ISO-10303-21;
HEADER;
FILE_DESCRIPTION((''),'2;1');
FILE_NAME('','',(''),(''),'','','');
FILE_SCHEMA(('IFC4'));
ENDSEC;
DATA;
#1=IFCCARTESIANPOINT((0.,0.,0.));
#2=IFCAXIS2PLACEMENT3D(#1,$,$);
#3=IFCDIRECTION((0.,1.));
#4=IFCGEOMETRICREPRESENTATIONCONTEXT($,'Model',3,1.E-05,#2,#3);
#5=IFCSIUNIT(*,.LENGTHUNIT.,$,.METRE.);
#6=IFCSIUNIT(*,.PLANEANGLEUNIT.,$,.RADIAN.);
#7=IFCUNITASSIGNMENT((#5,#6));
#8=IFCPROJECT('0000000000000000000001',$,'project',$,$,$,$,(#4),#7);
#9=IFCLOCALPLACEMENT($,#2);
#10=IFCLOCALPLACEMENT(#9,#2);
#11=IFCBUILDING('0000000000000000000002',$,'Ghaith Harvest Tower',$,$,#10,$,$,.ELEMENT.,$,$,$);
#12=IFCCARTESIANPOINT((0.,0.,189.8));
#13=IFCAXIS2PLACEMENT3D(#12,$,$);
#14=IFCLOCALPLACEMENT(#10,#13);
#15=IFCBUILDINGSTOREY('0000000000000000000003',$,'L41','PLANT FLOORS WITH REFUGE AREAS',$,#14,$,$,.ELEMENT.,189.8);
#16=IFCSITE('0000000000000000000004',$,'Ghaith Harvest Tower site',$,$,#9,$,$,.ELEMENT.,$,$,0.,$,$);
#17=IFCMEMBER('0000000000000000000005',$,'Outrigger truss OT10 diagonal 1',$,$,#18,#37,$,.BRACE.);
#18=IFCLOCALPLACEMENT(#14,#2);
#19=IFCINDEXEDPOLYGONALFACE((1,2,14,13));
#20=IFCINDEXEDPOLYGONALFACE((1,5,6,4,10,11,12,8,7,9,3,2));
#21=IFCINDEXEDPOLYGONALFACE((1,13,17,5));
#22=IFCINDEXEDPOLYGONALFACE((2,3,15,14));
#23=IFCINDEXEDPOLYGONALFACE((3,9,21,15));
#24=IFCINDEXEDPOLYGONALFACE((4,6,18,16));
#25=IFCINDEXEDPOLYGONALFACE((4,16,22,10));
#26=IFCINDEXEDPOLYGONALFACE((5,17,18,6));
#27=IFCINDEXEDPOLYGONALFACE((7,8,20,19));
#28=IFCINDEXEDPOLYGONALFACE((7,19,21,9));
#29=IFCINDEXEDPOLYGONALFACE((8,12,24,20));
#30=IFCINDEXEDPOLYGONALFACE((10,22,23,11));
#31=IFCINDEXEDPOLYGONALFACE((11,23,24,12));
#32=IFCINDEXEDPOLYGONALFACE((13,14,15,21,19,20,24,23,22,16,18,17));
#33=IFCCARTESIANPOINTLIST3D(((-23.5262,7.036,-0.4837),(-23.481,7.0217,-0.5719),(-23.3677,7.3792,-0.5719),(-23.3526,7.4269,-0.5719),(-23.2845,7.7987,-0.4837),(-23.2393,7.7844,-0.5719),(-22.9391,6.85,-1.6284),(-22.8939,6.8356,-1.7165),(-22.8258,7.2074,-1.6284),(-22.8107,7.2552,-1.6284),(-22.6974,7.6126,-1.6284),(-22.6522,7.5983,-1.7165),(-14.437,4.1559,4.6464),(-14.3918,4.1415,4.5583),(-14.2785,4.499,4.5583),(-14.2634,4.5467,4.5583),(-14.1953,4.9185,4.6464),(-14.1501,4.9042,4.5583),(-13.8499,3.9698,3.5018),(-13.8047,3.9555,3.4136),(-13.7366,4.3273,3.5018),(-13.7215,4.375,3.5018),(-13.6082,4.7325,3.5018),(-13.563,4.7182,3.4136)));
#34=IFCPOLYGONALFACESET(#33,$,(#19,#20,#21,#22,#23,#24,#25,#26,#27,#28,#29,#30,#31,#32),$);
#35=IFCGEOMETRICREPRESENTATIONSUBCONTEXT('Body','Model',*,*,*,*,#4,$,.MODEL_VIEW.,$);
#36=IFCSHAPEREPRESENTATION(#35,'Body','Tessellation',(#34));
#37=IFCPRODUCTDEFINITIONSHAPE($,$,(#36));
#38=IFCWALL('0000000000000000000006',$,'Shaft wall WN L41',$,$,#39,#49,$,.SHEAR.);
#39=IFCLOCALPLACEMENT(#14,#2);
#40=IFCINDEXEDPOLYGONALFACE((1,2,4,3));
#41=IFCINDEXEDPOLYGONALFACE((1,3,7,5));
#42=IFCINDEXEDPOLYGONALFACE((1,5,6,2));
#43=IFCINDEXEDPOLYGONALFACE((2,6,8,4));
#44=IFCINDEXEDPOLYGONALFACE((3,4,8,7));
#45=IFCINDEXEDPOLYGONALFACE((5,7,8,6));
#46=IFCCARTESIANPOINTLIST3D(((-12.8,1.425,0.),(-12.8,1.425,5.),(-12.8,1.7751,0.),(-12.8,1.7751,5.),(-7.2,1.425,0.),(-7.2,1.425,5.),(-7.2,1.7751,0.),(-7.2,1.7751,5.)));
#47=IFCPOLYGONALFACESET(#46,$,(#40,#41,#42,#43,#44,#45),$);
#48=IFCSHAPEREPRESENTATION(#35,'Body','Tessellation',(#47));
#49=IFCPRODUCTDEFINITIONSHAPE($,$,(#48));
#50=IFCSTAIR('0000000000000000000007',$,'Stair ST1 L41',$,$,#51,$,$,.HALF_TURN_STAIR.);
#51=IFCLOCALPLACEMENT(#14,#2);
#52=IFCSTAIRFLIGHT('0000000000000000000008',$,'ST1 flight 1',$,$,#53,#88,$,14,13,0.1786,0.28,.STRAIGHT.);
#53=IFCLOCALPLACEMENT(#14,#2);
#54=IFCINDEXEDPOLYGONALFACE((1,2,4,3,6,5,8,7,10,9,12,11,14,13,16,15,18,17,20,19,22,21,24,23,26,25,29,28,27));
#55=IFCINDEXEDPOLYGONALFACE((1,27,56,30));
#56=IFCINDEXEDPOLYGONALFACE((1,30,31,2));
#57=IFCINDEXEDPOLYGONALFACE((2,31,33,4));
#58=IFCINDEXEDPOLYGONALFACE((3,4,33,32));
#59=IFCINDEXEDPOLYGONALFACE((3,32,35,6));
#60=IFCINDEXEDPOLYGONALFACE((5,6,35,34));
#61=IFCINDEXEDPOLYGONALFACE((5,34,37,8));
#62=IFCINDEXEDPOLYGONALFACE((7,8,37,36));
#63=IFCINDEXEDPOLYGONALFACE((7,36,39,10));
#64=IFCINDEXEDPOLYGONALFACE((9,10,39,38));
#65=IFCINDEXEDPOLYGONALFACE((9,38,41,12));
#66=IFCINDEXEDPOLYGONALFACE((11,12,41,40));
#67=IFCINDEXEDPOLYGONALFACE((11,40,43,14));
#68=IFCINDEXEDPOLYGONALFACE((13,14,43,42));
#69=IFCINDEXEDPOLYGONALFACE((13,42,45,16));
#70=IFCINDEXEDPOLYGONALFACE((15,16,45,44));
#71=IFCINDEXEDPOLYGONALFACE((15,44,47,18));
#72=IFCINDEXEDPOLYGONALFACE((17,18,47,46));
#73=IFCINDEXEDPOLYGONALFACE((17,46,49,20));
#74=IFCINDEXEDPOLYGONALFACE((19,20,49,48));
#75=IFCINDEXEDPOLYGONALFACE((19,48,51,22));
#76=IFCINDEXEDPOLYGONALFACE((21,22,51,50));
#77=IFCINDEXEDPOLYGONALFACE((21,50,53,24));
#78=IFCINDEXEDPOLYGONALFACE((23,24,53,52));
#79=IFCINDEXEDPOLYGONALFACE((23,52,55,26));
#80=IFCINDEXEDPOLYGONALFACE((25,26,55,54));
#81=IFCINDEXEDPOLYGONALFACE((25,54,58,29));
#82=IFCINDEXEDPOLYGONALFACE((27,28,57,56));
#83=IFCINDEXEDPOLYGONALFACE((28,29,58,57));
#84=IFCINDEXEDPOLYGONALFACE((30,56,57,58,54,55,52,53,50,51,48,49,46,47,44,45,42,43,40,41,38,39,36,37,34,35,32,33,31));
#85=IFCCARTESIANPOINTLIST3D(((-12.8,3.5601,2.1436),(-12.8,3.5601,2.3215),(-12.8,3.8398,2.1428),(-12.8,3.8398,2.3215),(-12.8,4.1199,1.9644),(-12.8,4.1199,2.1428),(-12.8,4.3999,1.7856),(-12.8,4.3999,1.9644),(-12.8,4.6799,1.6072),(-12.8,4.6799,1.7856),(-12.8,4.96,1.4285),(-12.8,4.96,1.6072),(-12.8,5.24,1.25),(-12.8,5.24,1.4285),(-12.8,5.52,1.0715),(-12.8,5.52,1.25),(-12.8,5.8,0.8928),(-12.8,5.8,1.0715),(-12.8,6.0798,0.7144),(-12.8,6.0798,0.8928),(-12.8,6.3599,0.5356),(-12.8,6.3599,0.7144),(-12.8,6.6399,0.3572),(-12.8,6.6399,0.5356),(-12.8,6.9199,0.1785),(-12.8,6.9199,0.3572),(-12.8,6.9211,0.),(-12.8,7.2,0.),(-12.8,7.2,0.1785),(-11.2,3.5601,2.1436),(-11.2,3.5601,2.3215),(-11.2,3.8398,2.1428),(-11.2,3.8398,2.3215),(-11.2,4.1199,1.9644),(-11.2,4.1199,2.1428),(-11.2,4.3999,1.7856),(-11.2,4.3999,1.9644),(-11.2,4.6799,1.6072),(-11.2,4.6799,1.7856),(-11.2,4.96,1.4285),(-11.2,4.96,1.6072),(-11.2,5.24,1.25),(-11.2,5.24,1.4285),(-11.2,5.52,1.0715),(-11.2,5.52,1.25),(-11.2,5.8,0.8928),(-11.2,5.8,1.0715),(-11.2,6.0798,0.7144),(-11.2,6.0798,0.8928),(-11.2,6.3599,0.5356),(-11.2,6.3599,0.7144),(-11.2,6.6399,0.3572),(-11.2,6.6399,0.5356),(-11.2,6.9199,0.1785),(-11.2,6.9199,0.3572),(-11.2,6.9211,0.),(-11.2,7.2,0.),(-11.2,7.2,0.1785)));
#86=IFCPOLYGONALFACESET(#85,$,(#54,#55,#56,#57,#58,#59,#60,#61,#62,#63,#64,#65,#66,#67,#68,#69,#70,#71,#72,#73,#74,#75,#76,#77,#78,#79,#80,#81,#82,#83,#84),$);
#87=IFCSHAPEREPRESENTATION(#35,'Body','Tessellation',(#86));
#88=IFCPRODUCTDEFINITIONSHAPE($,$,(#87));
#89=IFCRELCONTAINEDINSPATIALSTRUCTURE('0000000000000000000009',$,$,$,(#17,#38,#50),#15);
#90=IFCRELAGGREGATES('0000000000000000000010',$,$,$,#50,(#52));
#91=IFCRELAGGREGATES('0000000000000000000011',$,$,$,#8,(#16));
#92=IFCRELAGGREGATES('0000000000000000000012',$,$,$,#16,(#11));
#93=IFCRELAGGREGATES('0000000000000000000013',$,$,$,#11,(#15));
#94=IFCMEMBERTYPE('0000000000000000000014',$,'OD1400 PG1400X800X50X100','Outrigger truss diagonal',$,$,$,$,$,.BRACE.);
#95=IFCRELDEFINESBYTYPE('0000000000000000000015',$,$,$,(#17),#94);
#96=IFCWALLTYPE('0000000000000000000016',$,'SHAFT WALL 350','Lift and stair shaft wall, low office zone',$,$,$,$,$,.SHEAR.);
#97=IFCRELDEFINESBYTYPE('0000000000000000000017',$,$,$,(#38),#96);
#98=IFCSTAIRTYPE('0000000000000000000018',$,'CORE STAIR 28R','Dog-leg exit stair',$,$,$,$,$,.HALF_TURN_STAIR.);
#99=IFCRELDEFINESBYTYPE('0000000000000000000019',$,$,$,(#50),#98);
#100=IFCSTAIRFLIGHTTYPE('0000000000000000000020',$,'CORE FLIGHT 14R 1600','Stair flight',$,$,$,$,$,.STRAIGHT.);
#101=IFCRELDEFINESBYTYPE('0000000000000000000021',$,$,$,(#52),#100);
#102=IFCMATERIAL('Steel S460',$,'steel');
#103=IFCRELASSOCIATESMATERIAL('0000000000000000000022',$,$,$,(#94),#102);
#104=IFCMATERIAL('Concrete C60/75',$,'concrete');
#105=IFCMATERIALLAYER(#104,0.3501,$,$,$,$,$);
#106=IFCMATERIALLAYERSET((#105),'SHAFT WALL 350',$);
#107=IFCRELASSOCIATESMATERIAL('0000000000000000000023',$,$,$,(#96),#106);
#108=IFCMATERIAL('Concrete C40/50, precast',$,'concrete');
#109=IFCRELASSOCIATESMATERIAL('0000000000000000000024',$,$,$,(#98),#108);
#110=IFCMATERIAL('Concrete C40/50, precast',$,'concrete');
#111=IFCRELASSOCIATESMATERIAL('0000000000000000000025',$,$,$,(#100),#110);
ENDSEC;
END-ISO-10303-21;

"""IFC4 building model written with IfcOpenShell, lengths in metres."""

from ifc_helpers import new_model, si_unit, direction, frame, frame_2d, origin, origin_2d, place, context, subcontext, project, spatial, polyline, rectangle, i_section, outline, extrude, material, layer, layer_set, material_profile, profile_set, type_object, element, aggregate, save


model = new_model("IFC4")

# Units and contexts
model_context = context("Model", 3, precision=1e-05, world=origin(), true_north=direction((0.0, 1.0)))
body_context = subcontext(model_context, "Body", "Model", "MODEL_VIEW")
ifc_project = project(units=[si_unit("LENGTHUNIT", "METRE"), si_unit("PLANEANGLEUNIT", "RADIAN")], contexts=[model_context])

# Site, building, storey
site_placement = place(None, origin())
site = spatial("IfcSite", under=ifc_project, at=site_placement, Name="Ghaith Harvest Tower site", CompositionType="ELEMENT", RefElevation=0.0)
building_placement = place(site_placement, origin())
building = spatial("IfcBuilding", under=site, at=building_placement, Name="Ghaith Harvest Tower", CompositionType="ELEMENT")
storey_placement = place(building_placement, frame((0.0, 0.0, 189.8)))
storey = spatial("IfcBuildingStorey", under=building, at=storey_placement, Name="L41", Description="PLANT FLOORS WITH REFUGE AREAS", CompositionType="ELEMENT", Elevation=189.8)

# Member
ifc_material_1 = material(Name="Steel S460", Category="steel")
ifc_material_profile_1 = material_profile(ifc_material_1, i_section(OverallWidth=0.8, OverallDepth=1.3999, WebThickness=0.05, FlangeThickness=0.1001, at=origin_2d()), Name="PG1400X800X50X100")
ifc_profile_set_1 = profile_set([ifc_material_profile_1], Name="Steel S460")
member_type_1 = type_object("IfcMemberType", Name="OD1400 PG1400X800X50X100", Description="Outrigger truss diagonal", PredefinedType="BRACE", material=ifc_profile_set_1)
member_1_placement = place(storey_placement, frame((-14.0, 4.437, 4.03), z_axis=(-0.839481, 0.266012, -0.473824), x_axis=(-0.302074, -0.953285, 0.0)))
element("IfcMember", 1, at=member_1_placement, inside=storey, type_object=member_type_1, Name="Outrigger truss OT10 diagonal 1", PredefinedType="BRACE", context=body_context, shape_type="SweptSolid", body=[
    extrude(i_section(OverallWidth=0.8, OverallDepth=1.3999, WebThickness=0.05, FlangeThickness=0.1001, at=origin_2d()), origin(), (0.0, 0.0, 1.0), 10.8271),
])

# Wall
ifc_material_2 = material(Name="Concrete C60/75", Category="concrete")
ifc_layer_1 = layer(ifc_material_2, 0.3501)
ifc_layer_set_1 = layer_set([ifc_layer_1], Name="SHAFT WALL 350")
wall_type_1 = type_object("IfcWallType", Name="SHAFT WALL 350", Description="Lift and stair shaft wall, low office zone", PredefinedType="SHEAR", material=ifc_layer_set_1)
wall_1_placement = place(storey_placement, frame((-12.8, 1.6001, 0.0), z_axis=(0.0, 0.0, 1.0), x_axis=(1.0, 0.0, 0.0)))
element("IfcWall", 2, at=wall_1_placement, inside=storey, type_object=wall_type_1, Name="Shaft wall WN L41", PredefinedType="SHEAR", context=body_context, shape_type="SweptSolid", body=[
    extrude(rectangle(XDim=5.6001, YDim=0.3501, at=frame_2d((2.8, 0.0))), origin(), (0.0, 0.0, 1.0), 5.0),
])

# Stair, stair flight
ifc_material_3 = material(Name="Concrete C40/50, precast", Category="concrete")
stair_type = type_object("IfcStairType", Name="CORE STAIR 28R", Description="Dog-leg exit stair", PredefinedType="HALF_TURN_STAIR", material=ifc_material_3)
stair_placement = place(storey_placement, origin())
stair = element("IfcStair", 3, at=stair_placement, inside=storey, type_object=stair_type, Name="Stair ST1 L41", PredefinedType="HALF_TURN_STAIR")
ifc_material_4 = material(Name="Concrete C40/50, precast", Category="concrete")
stair_flight_type = type_object("IfcStairFlightType", Name="CORE FLIGHT 14R 1600", Description="Stair flight", PredefinedType="STRAIGHT", material=ifc_material_4)
stair_flight_placement = place(storey_placement, frame((-12.0, 7.2, 0.0), z_axis=(0.0, 0.0, 1.0), x_axis=(0.0, -1.0, 0.0)))
stair_flight = element("IfcStairFlight", 4, at=stair_flight_placement, type_object=stair_flight_type, Name="ST1 flight 1", NumberOfRisers=14, NumberOfTreads=13, PredefinedType="STRAIGHT", RiserHeight=0.1786, TreadLength=0.28, context=body_context, shape_type="SweptSolid", body=[
    extrude(outline(polyline([(0.0, 0.0), (0.0, 0.1785), (0.28, 0.1785), (0.28, 0.3572), (0.5601, 0.3572), (0.5601, 0.5356), (0.8401, 0.5356), (0.8401, 0.7144), (1.1201, 0.7144), (1.1201, 0.8928), (1.3999, 0.8928), (1.3999, 1.0715), (1.6799, 1.0715), (1.6799, 1.25), (1.96, 1.25), (1.96, 1.4285), (2.24, 1.4285), (2.24, 1.6072), (2.52, 1.6072), (2.52, 1.7856), (2.8, 1.7856), (2.8, 1.9644), (3.0801, 1.9644), (3.0801, 2.1428), (3.3601, 2.1428), (3.3601, 2.3215), (3.6399, 2.3215), (3.6399, 2.5), (3.6399, 2.1436), (0.2788, 0.0), (0.0, 0.0)])), frame((0.0, 0.8, 0.0), z_axis=(0.0, -1.0, 0.0), x_axis=(1.0, 0.0, 0.0)), (0.0, 0.0, 1.0), 1.6001),
])
aggregate(stair, [stair_flight])

save(model, "model.ifc")
